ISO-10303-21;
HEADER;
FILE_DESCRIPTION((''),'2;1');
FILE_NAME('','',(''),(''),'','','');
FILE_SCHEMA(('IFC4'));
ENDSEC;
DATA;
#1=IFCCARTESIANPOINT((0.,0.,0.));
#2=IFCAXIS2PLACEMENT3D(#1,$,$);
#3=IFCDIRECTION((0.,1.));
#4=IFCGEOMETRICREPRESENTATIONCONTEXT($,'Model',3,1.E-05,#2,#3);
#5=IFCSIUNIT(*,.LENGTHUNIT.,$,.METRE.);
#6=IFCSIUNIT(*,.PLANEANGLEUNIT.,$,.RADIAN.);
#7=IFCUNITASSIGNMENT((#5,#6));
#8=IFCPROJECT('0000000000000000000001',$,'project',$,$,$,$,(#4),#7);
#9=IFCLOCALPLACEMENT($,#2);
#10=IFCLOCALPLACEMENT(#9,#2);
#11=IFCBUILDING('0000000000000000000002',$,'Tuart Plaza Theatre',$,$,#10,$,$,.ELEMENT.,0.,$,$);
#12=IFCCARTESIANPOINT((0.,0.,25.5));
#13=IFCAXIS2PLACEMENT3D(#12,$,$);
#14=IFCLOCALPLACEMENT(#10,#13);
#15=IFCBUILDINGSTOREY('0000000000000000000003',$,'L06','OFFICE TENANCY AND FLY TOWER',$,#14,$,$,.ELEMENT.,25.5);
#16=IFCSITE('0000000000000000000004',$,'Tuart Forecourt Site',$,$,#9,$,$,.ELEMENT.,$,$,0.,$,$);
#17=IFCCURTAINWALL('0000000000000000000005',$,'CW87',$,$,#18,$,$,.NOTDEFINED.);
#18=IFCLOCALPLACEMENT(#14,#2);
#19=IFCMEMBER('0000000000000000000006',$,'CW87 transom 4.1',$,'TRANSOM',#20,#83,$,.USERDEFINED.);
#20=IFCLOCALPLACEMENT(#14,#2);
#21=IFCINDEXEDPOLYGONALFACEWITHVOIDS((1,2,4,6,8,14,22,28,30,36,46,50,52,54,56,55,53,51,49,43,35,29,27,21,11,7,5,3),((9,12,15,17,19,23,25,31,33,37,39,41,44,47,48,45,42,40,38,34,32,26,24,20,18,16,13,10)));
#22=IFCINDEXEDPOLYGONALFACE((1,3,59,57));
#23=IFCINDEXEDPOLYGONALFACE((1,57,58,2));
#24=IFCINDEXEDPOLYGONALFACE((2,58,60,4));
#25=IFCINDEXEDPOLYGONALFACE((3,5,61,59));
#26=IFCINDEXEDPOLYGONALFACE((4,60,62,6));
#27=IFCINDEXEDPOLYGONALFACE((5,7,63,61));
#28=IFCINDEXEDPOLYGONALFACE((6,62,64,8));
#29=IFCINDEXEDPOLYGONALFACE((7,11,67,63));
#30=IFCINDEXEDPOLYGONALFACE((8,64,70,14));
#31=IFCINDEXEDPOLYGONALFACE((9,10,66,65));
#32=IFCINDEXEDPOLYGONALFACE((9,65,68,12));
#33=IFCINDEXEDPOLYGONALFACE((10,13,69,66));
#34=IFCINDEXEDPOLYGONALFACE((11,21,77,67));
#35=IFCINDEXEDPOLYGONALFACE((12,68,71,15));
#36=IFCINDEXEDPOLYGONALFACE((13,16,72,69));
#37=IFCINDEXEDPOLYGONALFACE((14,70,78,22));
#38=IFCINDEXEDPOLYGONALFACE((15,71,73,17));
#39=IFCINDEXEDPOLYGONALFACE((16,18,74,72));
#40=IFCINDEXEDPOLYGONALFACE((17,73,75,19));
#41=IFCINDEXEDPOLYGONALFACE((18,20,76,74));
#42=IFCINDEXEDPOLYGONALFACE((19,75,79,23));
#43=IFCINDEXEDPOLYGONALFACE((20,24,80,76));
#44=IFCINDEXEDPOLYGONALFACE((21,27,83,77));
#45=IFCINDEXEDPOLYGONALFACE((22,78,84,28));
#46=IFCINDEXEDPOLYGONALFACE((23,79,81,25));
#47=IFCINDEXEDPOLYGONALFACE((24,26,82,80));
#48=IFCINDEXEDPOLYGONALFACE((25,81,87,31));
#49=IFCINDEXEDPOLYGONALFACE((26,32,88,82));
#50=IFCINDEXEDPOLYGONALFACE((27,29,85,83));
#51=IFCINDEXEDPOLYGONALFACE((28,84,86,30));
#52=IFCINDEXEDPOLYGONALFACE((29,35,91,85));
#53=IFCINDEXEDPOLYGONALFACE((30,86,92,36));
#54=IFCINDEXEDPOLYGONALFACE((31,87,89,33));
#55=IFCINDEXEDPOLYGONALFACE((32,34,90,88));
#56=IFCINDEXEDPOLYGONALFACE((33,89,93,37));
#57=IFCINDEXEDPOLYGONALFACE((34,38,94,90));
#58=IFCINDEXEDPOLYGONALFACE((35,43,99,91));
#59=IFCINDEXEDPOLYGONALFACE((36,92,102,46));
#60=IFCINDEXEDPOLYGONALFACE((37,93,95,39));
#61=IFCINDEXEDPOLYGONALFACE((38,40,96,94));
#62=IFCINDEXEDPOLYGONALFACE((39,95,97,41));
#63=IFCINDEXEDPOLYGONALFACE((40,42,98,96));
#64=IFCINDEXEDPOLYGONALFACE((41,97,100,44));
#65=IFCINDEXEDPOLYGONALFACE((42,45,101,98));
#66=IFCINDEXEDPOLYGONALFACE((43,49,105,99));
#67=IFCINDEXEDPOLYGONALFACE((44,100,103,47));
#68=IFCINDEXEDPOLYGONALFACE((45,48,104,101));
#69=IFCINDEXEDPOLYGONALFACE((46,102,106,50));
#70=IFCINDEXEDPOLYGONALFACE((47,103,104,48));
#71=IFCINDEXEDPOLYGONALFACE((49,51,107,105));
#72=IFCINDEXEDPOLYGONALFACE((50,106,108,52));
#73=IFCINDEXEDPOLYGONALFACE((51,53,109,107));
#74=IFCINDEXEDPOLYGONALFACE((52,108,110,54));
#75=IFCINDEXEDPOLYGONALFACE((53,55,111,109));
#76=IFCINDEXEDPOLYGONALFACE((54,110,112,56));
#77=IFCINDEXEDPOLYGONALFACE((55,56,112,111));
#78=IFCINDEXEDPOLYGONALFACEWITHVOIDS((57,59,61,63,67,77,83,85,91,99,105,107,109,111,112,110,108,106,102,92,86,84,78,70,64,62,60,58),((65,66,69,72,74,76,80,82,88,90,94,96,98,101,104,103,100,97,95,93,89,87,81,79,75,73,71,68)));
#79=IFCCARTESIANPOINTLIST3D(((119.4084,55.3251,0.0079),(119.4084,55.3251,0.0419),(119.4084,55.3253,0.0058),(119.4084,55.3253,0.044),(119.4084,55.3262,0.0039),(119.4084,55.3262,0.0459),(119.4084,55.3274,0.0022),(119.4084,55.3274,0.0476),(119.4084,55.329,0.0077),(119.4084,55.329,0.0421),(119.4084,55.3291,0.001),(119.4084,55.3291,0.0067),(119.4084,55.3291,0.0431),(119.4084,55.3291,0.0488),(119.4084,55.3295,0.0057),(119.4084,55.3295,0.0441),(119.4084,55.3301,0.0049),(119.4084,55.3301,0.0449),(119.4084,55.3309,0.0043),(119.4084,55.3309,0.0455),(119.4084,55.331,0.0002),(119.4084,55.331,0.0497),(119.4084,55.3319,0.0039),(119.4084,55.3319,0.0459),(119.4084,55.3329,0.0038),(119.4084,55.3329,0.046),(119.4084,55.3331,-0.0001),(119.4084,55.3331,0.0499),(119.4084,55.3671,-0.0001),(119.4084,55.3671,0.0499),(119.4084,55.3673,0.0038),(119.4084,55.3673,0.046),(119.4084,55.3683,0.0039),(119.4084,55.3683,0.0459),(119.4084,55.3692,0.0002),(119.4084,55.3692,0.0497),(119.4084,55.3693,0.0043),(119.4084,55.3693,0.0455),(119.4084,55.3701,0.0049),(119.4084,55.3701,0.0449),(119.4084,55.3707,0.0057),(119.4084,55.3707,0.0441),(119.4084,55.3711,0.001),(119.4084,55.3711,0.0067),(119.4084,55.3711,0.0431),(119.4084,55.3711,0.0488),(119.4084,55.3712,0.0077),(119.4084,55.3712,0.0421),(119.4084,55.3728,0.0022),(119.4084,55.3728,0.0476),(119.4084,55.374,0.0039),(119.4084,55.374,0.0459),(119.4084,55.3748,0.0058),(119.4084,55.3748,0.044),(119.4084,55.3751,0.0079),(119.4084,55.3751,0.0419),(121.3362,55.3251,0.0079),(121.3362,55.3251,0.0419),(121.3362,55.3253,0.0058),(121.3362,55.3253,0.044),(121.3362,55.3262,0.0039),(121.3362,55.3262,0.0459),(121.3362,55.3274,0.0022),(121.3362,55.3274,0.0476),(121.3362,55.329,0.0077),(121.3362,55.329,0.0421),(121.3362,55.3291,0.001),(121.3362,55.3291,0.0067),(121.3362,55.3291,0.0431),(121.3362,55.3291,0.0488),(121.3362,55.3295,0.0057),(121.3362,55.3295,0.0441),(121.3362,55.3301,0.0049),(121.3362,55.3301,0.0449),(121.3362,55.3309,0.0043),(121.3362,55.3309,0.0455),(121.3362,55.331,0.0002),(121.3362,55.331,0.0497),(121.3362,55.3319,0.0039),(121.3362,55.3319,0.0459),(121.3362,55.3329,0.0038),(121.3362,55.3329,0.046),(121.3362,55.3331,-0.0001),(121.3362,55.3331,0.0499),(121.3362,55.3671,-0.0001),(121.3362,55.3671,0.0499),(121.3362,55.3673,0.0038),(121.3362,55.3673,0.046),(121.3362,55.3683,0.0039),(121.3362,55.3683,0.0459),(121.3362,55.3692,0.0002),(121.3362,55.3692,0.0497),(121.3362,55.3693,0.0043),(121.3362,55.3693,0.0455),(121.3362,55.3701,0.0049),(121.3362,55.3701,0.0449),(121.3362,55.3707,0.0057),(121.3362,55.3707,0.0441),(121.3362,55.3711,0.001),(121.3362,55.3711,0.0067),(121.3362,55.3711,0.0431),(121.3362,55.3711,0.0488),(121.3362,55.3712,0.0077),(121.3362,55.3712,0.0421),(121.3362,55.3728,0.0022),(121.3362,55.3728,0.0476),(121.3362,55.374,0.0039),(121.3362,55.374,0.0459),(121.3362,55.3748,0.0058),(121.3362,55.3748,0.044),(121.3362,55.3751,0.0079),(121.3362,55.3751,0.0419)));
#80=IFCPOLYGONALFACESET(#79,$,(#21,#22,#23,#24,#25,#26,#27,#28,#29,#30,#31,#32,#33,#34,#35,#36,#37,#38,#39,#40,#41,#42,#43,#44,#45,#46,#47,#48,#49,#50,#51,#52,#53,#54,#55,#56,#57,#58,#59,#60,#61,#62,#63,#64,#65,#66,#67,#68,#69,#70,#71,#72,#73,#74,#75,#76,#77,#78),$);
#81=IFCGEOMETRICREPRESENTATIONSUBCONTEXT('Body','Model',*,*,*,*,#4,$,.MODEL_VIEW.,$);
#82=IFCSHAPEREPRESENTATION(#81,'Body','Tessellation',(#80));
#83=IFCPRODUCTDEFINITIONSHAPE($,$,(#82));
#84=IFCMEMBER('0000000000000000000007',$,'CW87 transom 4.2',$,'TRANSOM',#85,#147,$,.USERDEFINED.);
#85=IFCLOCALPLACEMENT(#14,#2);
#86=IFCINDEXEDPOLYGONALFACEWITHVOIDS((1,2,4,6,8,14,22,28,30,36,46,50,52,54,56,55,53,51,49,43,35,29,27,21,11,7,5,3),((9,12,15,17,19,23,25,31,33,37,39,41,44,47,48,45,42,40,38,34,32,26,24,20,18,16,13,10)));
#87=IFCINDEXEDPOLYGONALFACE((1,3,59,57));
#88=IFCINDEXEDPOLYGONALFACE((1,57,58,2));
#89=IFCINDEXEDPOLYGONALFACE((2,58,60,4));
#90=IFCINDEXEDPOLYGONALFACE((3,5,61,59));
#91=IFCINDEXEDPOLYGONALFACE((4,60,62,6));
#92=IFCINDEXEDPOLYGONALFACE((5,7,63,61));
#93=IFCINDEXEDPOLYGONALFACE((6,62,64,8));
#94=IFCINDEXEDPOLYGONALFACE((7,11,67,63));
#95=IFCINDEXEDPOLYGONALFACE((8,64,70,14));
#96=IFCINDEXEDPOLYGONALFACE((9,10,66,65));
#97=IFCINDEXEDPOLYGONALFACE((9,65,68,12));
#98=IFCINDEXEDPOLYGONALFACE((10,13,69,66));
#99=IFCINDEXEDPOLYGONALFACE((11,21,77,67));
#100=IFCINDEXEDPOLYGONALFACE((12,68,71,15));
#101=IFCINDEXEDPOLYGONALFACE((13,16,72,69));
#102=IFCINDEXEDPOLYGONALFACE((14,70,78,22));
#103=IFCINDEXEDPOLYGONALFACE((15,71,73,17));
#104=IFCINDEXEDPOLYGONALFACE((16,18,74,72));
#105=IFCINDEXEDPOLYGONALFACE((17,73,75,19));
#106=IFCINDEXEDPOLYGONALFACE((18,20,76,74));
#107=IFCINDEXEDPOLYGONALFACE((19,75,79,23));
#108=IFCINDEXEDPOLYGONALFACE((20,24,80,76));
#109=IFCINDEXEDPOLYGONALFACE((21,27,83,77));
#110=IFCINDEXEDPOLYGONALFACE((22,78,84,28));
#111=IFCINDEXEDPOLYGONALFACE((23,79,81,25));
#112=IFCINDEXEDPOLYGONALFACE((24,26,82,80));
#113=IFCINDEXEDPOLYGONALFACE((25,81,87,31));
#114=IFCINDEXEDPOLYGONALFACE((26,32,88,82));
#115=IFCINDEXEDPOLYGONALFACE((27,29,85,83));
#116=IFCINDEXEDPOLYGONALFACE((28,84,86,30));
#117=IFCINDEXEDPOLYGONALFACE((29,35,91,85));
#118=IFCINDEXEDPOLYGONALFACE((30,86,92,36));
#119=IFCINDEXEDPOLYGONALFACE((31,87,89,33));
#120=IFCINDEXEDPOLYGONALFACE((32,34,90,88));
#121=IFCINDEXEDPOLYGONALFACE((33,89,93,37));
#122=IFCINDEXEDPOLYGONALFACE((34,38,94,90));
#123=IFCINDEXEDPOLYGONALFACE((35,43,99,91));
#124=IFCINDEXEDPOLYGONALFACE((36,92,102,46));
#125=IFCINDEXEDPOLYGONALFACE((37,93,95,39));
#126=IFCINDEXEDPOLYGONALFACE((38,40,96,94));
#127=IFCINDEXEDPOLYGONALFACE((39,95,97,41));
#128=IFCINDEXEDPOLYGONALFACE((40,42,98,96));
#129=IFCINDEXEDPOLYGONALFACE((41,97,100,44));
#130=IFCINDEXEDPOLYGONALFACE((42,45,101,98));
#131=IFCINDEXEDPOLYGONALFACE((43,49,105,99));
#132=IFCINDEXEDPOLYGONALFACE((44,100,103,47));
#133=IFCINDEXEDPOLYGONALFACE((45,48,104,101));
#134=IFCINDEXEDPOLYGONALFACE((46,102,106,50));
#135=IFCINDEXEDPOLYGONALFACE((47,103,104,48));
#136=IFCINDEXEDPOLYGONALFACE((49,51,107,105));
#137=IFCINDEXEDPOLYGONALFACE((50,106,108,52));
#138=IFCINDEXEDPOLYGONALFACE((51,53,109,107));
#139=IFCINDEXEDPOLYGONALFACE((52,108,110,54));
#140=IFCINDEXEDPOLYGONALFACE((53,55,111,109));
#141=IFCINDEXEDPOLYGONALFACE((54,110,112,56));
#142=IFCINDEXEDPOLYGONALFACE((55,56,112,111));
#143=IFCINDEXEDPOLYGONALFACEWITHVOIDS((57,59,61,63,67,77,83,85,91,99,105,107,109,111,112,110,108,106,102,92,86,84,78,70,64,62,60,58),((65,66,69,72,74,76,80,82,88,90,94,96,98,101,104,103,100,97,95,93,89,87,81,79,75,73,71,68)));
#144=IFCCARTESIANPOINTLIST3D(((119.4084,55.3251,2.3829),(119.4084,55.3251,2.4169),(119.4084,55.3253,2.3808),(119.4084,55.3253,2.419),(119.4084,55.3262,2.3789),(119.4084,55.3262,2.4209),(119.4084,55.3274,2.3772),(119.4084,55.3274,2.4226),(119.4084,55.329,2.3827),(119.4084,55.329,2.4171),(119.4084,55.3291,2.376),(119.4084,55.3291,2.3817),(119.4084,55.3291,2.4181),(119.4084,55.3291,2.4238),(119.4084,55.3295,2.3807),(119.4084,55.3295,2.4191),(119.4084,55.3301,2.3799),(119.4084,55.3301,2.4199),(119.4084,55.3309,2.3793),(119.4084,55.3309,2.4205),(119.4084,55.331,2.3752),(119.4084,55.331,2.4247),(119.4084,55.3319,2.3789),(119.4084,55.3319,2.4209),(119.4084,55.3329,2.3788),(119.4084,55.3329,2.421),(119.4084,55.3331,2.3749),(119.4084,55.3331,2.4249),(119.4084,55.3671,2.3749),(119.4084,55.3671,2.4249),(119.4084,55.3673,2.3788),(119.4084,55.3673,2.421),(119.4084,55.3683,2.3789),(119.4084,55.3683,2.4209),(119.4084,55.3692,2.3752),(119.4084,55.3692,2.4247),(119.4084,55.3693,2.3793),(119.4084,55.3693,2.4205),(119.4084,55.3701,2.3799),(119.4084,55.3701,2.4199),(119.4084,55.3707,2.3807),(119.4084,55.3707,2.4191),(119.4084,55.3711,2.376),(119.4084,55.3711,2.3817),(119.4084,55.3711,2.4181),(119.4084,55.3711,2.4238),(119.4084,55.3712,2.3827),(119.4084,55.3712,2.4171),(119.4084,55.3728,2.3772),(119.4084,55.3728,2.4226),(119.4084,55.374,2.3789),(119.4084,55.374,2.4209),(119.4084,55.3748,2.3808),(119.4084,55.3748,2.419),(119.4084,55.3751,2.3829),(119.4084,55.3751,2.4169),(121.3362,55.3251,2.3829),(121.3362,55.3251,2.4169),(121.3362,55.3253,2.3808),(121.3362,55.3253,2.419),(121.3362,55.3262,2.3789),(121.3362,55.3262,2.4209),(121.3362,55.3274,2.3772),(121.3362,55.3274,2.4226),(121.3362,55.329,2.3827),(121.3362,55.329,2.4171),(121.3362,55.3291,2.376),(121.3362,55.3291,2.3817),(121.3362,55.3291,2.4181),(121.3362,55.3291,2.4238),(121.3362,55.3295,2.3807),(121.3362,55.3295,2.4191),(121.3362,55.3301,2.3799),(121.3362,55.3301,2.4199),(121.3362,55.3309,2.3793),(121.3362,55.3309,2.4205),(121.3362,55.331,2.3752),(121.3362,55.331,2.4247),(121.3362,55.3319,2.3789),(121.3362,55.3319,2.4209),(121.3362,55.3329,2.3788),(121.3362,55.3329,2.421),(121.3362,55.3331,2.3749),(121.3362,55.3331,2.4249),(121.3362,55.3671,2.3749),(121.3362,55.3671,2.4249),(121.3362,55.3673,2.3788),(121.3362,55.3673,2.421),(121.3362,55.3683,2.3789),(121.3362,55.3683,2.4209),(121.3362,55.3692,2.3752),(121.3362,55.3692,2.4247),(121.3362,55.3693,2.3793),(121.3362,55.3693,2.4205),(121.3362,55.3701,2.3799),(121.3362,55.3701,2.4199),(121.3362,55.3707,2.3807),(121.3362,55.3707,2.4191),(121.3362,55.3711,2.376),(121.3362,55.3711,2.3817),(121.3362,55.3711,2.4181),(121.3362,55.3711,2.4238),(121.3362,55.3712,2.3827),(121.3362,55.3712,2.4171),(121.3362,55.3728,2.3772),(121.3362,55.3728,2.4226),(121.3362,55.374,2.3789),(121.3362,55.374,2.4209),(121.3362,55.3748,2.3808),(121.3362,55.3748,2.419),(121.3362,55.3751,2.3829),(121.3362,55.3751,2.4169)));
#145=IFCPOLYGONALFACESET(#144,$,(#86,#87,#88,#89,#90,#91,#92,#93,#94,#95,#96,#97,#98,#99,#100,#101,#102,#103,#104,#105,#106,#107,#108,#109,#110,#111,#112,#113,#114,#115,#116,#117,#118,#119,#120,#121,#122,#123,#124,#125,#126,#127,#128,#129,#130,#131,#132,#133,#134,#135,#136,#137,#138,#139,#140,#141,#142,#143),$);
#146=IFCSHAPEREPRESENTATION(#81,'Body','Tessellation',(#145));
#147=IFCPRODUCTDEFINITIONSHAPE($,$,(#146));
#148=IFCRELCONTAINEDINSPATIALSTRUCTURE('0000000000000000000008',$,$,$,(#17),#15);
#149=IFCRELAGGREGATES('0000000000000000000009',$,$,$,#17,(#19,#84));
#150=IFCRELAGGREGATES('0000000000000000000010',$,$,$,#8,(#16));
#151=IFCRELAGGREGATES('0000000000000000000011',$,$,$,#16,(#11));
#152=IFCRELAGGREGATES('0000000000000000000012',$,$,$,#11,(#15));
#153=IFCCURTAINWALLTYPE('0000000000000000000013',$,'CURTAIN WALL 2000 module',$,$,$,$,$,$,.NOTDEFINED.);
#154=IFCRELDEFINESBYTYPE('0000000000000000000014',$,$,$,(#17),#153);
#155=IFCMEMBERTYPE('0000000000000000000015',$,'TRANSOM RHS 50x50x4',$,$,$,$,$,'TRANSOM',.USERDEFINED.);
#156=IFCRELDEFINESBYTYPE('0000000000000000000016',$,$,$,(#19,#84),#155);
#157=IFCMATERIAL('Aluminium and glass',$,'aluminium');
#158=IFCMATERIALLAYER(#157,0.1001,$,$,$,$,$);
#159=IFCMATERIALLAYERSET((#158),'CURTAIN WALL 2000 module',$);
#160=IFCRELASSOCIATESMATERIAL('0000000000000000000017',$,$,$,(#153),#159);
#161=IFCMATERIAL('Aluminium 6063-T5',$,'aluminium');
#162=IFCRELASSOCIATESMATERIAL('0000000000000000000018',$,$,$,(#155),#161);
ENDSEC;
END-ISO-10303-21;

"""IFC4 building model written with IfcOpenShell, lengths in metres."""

from ifc_helpers import new_model, si_unit, direction, frame, origin, origin_2d, place, context, subcontext, project, spatial, hollow_rectangle, extrude, material, layer, layer_set, material_profile, profile_set, type_object, element, aggregate, save


model = new_model("IFC4")

# Units and contexts
model_context = context("Model", 3, precision=1e-05, world=origin(), true_north=direction((0.0, 1.0)))
body_context = subcontext(model_context, "Body", "Model", "MODEL_VIEW")
ifc_project = project(units=[si_unit("LENGTHUNIT", "METRE"), si_unit("PLANEANGLEUNIT", "RADIAN")], contexts=[model_context])

# Site, building, storey
site_placement = place(None, origin())
site = spatial("IfcSite", under=ifc_project, at=site_placement, Name="Tuart Forecourt Site", CompositionType="ELEMENT", RefElevation=0.0)
building_placement = place(site_placement, origin())
building = spatial("IfcBuilding", under=site, at=building_placement, Name="Tuart Plaza Theatre", CompositionType="ELEMENT", ElevationOfRefHeight=0.0)
storey_placement = place(building_placement, frame((0.0, 0.0, 25.5)))
storey = spatial("IfcBuildingStorey", under=building, at=storey_placement, Name="L06", Description="OFFICE TENANCY AND FLY TOWER", CompositionType="ELEMENT", Elevation=25.5)

# Curtain wall, members
ifc_material_1 = material(Name="Aluminium and glass", Category="aluminium")
ifc_layer_1 = layer(ifc_material_1, 0.1001)
ifc_layer_set_1 = layer_set([ifc_layer_1], Name="CURTAIN WALL 2000 module")
curtain_wall_type = type_object("IfcCurtainWallType", Name="CURTAIN WALL 2000 module", PredefinedType="NOTDEFINED", material=ifc_layer_set_1)
curtain_wall_placement = place(storey_placement, origin())
curtain_wall = element("IfcCurtainWall", 1, at=curtain_wall_placement, inside=storey, type_object=curtain_wall_type, Name="CW87", PredefinedType="NOTDEFINED")
ifc_material_2 = material(Name="Aluminium 6063-T5", Category="aluminium")
ifc_material_profile_1 = material_profile(ifc_material_2, hollow_rectangle(XDim=0.05, YDim=0.05, WallThickness=0.0039, InnerFilletRadius=0.0039, OuterFilletRadius=0.0081, at=origin_2d()), Name="RHS 50x50x4")
ifc_profile_set_1 = profile_set([ifc_material_profile_1], Name="Aluminium 6063-T5")
member_type_1 = type_object("IfcMemberType", Name="TRANSOM RHS 50x50x4", ElementType="TRANSOM", PredefinedType="USERDEFINED", material=ifc_profile_set_1)
member_1_placement = place(storey_placement, frame((119.4084, 55.3501, 0.0249), z_axis=(1.0, 0.0, 0.0), x_axis=(0.0, 1.0, 0.0)))
member_1 = element("IfcMember", 2, at=member_1_placement, type_object=member_type_1, Name="CW87 transom 4.1", ObjectType="TRANSOM", PredefinedType="USERDEFINED", context=body_context, shape_type="SweptSolid", body=[
    extrude(hollow_rectangle(XDim=0.05, YDim=0.05, WallThickness=0.0039, InnerFilletRadius=0.0039, OuterFilletRadius=0.0081, at=origin_2d()), origin(), (0.0, 0.0, 1.0), 1.9277),
])
member_2_placement = place(storey_placement, frame((119.4084, 55.3501, 2.3999), z_axis=(1.0, 0.0, 0.0), x_axis=(0.0, 1.0, 0.0)))
member_2 = element("IfcMember", 3, at=member_2_placement, type_object=member_type_1, Name="CW87 transom 4.2", ObjectType="TRANSOM", PredefinedType="USERDEFINED", context=body_context, shape_type="SweptSolid", body=[
    extrude(hollow_rectangle(XDim=0.05, YDim=0.05, WallThickness=0.0039, InnerFilletRadius=0.0039, OuterFilletRadius=0.0081, at=origin_2d()), origin(), (0.0, 0.0, 1.0), 1.9277),
])
aggregate(curtain_wall, [member_1, member_2])

save(model, "model.ifc")
